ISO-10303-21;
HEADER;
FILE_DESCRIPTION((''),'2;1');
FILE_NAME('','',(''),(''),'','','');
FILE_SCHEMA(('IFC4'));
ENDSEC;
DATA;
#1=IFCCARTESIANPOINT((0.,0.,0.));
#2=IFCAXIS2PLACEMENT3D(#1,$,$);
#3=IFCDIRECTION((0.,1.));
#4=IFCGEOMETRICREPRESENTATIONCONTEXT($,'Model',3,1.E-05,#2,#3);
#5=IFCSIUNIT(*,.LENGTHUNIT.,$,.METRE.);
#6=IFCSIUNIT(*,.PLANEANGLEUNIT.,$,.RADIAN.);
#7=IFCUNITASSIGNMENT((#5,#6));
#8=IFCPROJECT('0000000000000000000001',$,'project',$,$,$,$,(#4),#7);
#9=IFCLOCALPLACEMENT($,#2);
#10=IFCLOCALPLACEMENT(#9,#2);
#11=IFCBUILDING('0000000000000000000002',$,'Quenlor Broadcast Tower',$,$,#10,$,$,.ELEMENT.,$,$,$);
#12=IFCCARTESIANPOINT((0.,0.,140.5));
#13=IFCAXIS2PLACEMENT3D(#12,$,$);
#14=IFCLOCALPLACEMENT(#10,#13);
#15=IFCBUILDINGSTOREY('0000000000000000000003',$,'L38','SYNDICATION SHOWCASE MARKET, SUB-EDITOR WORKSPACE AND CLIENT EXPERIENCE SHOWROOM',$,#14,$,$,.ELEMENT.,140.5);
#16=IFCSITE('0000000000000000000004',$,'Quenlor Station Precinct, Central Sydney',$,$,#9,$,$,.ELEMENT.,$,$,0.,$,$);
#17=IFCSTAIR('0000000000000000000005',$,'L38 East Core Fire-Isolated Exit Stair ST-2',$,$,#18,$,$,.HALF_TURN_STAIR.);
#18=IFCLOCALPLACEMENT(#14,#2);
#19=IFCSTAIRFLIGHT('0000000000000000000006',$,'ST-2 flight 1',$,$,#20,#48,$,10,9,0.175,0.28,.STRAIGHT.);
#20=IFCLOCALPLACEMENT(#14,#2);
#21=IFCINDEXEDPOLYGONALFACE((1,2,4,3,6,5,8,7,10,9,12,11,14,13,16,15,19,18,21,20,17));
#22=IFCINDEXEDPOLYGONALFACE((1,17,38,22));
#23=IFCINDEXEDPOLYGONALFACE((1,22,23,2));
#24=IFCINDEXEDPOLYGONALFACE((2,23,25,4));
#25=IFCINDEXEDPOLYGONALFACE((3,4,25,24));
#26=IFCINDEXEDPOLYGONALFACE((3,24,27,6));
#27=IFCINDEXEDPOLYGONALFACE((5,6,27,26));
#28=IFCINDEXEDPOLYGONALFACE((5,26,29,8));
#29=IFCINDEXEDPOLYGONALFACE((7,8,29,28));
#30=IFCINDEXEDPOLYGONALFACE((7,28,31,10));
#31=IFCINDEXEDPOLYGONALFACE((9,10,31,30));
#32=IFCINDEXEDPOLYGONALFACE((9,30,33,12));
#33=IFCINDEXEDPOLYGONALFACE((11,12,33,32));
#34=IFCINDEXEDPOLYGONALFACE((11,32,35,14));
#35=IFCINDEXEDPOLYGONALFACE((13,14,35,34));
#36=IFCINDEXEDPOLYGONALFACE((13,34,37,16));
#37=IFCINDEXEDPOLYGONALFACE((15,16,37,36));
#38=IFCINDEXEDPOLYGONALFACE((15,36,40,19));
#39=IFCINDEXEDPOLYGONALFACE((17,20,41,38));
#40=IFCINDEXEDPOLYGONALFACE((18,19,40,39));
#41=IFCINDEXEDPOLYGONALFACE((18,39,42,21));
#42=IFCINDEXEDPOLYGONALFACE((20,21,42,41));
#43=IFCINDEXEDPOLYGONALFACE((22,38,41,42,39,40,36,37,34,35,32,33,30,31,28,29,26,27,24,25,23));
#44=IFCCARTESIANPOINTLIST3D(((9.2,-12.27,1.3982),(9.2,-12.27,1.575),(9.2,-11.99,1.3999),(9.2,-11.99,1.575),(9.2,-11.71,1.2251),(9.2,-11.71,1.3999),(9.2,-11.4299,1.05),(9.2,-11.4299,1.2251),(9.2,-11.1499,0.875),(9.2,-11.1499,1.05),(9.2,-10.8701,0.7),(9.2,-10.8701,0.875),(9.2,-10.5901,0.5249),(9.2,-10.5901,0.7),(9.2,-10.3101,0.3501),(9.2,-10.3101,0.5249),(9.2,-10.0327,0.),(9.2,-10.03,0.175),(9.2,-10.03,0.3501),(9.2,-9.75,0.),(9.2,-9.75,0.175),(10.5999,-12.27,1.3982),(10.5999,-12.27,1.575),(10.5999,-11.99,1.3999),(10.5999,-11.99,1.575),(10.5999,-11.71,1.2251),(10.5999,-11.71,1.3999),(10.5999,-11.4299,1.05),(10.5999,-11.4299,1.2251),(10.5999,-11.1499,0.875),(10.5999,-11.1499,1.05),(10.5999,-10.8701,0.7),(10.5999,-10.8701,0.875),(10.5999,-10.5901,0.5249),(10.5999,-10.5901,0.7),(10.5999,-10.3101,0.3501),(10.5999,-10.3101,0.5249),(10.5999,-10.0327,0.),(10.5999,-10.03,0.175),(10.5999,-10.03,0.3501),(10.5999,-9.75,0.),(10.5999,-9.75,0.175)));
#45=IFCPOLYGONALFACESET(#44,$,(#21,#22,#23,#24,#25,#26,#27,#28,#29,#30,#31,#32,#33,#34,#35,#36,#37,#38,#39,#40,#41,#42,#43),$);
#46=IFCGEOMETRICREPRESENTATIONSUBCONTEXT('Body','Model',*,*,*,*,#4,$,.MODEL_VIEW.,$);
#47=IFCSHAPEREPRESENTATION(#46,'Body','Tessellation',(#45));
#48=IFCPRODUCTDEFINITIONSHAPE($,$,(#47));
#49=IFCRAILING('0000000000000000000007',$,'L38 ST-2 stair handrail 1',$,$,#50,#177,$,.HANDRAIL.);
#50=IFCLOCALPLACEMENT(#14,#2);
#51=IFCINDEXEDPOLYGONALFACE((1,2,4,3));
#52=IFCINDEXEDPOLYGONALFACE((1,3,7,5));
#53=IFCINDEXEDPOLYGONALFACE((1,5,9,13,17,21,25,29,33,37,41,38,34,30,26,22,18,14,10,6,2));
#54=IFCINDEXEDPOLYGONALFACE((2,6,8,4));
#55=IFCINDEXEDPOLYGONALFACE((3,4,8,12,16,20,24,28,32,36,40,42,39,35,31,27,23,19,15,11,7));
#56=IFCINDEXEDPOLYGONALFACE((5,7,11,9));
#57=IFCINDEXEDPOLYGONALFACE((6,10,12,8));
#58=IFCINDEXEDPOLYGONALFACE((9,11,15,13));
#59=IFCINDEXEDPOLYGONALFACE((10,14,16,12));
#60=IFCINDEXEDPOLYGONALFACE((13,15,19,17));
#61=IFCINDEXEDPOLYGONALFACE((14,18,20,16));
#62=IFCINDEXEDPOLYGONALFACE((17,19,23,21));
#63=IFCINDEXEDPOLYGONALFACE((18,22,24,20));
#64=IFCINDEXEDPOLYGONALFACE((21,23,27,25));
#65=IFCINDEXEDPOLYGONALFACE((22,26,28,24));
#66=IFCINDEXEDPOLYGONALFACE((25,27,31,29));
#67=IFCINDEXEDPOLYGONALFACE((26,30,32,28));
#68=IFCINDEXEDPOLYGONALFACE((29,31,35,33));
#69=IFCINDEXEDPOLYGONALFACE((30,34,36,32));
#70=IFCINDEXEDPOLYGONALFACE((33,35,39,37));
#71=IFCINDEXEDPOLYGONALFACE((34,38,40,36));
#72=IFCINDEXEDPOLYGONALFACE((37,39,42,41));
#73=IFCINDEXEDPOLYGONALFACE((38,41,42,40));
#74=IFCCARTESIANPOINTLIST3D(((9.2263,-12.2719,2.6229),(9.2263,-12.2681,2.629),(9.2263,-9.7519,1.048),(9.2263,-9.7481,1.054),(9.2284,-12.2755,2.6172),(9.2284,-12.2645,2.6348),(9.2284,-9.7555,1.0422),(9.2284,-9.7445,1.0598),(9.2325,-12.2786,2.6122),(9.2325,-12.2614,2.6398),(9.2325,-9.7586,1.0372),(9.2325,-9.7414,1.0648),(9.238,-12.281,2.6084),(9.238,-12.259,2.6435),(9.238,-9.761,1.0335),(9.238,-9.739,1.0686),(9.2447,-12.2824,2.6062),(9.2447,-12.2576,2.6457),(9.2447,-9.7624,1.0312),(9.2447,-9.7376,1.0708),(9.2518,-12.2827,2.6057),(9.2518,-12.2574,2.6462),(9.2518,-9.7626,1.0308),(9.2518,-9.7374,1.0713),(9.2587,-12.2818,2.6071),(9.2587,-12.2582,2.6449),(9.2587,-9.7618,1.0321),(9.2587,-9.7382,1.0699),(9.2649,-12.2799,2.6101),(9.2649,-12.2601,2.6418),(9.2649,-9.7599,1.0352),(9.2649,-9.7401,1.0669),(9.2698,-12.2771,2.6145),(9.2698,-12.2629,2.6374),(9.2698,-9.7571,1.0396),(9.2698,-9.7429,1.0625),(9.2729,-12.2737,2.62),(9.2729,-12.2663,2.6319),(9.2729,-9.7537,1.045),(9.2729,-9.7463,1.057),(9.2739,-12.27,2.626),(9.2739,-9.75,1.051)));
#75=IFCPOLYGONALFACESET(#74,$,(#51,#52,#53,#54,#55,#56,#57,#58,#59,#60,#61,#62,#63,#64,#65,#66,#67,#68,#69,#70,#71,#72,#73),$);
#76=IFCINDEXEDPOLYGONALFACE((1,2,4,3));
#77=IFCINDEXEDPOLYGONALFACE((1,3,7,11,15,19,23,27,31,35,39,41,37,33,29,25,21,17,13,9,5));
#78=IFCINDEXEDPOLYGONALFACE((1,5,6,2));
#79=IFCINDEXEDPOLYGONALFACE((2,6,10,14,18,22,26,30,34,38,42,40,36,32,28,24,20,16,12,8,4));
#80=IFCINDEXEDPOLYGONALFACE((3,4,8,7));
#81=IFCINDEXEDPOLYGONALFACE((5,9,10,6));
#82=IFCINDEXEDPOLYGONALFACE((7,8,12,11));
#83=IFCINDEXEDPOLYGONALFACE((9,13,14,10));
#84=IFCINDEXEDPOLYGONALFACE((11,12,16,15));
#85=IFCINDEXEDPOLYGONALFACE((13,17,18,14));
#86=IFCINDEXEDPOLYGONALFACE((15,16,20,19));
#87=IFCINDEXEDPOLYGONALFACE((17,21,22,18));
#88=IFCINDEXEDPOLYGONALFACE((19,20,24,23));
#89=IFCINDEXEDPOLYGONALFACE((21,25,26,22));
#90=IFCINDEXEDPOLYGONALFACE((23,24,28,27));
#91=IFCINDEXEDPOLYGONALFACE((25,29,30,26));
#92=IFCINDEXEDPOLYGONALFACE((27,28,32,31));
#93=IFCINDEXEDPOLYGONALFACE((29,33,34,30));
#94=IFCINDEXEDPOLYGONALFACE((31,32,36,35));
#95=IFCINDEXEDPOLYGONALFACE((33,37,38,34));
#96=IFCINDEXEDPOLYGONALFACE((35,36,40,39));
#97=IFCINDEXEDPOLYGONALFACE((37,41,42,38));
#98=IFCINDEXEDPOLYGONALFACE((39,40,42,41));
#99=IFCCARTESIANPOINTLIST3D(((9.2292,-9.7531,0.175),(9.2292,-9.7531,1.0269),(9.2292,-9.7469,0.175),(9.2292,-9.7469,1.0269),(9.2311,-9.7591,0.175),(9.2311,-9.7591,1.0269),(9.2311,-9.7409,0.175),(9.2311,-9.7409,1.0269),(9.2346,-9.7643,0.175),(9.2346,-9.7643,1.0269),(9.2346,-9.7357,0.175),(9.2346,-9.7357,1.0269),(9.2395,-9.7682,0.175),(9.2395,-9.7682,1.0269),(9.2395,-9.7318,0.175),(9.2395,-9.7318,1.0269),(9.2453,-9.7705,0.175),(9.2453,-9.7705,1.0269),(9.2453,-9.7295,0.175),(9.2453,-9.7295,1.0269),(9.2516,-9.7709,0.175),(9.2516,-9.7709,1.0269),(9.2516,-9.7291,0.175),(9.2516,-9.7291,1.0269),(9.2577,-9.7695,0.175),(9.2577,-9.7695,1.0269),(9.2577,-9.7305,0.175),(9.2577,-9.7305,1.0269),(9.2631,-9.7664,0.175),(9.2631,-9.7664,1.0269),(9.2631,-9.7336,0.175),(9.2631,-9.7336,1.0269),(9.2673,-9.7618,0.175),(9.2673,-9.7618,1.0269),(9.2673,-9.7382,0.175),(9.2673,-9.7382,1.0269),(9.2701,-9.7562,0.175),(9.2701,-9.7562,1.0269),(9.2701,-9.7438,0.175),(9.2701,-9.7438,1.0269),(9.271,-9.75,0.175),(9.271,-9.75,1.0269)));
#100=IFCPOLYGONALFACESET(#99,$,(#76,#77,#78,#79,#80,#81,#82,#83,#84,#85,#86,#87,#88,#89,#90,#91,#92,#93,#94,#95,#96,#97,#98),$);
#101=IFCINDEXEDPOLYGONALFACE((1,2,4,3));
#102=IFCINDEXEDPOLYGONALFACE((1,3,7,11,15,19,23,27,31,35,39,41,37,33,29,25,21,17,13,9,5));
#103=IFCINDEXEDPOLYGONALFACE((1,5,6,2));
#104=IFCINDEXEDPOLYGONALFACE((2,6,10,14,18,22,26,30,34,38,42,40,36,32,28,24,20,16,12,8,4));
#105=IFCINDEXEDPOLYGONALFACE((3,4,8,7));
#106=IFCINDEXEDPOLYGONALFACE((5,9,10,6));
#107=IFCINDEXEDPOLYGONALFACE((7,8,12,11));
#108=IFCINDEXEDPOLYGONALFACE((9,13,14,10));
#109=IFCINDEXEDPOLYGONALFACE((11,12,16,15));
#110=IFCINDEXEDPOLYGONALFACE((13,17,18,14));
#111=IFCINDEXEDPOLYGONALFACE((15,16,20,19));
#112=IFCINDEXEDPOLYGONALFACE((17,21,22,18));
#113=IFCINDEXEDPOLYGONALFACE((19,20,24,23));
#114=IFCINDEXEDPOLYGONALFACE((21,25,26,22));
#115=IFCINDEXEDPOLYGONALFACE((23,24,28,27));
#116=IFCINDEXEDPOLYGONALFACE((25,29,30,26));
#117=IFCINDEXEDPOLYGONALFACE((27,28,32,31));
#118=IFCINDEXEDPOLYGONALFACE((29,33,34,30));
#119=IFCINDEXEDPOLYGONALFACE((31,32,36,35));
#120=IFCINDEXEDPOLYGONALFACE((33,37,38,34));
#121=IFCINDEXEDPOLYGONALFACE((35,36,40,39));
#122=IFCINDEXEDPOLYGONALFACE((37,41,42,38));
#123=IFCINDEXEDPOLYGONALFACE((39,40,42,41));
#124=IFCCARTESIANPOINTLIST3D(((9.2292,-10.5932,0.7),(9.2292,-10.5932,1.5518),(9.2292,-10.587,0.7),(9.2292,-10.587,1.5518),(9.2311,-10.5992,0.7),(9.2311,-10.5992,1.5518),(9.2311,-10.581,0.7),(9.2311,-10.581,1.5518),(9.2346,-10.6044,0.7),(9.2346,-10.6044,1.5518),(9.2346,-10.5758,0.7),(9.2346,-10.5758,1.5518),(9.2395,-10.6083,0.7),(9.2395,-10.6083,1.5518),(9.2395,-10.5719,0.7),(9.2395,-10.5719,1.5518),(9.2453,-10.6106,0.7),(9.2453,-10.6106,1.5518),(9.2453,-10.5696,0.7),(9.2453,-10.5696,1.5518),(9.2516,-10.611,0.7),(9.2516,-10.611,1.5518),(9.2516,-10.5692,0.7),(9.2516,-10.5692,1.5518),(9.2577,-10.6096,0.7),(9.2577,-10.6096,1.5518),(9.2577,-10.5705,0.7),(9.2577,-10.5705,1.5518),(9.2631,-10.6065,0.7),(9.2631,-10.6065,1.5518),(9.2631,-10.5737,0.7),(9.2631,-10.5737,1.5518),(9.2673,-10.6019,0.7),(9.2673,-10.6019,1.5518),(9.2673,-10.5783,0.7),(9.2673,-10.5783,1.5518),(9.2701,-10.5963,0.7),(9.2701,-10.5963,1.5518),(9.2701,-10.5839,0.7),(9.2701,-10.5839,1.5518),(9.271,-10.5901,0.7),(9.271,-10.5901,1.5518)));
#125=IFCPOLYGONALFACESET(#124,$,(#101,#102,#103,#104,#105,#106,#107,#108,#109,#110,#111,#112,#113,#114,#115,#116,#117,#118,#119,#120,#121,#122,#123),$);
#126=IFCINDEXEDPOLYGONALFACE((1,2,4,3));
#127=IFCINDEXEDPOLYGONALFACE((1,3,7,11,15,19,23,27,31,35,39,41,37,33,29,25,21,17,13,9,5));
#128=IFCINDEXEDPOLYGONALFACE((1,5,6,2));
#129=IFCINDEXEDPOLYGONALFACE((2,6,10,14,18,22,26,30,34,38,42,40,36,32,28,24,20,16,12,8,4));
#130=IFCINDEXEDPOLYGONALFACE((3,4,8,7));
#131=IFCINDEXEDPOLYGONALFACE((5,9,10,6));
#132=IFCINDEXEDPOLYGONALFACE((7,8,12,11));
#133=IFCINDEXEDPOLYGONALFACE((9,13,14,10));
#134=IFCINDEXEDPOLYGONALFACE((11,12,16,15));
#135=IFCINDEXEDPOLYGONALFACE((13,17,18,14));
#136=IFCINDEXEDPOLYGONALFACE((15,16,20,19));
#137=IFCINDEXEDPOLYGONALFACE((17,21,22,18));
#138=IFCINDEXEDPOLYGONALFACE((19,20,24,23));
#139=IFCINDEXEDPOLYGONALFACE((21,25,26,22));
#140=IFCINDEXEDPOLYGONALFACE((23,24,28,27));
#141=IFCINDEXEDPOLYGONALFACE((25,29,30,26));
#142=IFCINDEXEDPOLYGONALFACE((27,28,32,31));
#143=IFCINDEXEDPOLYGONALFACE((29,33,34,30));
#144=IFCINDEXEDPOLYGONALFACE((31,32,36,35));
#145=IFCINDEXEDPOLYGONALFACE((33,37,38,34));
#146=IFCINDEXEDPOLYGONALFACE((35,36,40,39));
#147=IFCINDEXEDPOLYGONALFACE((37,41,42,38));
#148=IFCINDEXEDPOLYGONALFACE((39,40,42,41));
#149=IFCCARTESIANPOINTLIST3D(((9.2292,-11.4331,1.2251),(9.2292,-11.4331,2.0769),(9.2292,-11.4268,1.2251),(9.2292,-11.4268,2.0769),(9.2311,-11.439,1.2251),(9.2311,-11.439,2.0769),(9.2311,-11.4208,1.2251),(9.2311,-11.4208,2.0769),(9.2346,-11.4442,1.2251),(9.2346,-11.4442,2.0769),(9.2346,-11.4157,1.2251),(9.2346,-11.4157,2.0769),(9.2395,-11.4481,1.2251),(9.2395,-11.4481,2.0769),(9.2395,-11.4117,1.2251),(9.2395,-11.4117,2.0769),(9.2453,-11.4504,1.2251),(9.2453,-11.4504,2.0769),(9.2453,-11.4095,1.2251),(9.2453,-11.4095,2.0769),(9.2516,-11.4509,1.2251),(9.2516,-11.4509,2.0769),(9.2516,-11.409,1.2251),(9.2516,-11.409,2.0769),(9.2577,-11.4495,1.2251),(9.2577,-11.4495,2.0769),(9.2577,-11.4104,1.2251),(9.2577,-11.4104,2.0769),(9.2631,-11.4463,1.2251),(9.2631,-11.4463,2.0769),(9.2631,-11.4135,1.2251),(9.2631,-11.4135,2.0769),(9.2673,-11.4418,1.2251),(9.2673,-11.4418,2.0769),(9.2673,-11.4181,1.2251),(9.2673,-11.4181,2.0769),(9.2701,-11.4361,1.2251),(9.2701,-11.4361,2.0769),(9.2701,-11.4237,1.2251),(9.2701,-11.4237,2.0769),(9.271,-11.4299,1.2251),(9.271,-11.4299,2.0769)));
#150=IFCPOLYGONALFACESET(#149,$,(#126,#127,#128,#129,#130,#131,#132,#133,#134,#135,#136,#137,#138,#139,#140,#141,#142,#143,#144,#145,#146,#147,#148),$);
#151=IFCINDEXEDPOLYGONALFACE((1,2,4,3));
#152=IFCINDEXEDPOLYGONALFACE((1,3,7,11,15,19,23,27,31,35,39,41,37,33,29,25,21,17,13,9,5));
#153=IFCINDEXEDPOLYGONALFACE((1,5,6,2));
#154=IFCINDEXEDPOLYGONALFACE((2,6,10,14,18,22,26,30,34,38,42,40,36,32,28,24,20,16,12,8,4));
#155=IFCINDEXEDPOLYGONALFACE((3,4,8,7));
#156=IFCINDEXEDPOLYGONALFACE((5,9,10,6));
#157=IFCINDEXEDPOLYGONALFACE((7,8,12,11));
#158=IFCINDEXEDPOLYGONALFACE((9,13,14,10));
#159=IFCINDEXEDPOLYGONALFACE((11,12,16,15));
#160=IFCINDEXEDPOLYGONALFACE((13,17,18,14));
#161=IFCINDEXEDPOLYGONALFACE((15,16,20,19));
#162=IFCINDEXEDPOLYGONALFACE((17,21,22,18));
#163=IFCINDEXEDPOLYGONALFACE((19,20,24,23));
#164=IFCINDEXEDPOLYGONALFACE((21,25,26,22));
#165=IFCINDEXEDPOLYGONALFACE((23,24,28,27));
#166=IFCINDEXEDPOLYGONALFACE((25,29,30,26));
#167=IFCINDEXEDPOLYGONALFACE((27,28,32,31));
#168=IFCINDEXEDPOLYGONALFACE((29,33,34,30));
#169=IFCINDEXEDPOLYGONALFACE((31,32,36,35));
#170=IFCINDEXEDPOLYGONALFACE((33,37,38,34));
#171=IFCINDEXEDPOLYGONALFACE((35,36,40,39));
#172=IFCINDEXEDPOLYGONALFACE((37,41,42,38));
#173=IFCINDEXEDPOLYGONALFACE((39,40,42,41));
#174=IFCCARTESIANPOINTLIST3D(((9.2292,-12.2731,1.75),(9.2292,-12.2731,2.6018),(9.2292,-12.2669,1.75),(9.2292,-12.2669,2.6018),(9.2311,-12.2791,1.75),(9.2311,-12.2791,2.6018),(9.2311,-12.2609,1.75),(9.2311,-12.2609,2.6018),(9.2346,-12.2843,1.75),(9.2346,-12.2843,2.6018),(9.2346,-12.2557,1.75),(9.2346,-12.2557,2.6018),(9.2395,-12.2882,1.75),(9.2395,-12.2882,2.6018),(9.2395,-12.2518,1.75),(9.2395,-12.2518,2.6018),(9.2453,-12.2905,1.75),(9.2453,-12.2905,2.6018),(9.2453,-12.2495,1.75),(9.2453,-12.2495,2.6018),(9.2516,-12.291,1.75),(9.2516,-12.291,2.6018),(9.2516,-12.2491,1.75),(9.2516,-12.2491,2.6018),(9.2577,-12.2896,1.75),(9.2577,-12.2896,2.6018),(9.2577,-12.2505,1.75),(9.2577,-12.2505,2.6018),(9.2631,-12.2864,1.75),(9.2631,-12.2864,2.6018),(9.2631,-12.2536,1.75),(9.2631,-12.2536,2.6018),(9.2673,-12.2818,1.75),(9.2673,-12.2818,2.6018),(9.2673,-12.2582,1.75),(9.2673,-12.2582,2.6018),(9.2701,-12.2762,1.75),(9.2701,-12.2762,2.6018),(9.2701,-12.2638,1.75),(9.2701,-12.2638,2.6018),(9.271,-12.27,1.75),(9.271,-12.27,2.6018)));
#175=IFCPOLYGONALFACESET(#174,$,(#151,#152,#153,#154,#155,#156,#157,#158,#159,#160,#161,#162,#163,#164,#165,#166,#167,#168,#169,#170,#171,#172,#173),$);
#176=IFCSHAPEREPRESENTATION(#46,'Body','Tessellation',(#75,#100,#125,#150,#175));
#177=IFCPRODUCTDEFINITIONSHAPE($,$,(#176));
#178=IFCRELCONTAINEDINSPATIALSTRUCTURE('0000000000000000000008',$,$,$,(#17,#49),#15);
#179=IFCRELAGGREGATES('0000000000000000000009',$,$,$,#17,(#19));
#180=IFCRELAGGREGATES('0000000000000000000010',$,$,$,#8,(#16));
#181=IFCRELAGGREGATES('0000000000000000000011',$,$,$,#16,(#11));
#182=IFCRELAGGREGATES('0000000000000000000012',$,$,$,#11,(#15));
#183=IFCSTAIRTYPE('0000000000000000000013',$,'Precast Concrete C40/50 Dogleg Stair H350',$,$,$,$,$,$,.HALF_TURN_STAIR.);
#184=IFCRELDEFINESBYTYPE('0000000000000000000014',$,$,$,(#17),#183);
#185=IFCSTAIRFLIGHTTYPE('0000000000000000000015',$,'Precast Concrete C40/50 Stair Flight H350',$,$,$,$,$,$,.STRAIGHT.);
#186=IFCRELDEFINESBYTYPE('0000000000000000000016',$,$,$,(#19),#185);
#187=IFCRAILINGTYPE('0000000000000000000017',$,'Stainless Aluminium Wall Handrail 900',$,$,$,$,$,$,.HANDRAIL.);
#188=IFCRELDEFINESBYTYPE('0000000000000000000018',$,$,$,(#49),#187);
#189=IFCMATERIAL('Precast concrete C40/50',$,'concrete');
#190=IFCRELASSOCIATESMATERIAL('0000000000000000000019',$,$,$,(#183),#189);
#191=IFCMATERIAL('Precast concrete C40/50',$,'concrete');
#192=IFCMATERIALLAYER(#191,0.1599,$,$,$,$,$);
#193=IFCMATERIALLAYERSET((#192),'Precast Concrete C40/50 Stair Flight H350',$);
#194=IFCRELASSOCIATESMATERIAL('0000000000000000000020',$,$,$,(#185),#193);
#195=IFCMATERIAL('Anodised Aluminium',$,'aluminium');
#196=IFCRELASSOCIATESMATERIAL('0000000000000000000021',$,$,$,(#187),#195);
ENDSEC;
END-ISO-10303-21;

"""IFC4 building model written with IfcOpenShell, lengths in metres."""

from ifc_helpers import new_model, si_unit, direction, frame, origin, origin_2d, place, context, subcontext, project, spatial, polyline, circle, outline, extrude, material, layer, layer_set, type_object, element, aggregate, save


model = new_model("IFC4")

# Units and contexts
model_context = context("Model", 3, precision=1e-05, world=origin(), true_north=direction((0.0, 1.0)))
body_context = subcontext(model_context, "Body", "Model", "MODEL_VIEW")
ifc_project = project(units=[si_unit("LENGTHUNIT", "METRE"), si_unit("PLANEANGLEUNIT", "RADIAN")], contexts=[model_context])

# Site, building, storey
site_placement = place(None, origin())
site = spatial("IfcSite", under=ifc_project, at=site_placement, Name="Quenlor Station Precinct, Central Sydney", CompositionType="ELEMENT", RefElevation=0.0)
building_placement = place(site_placement, origin())
building = spatial("IfcBuilding", under=site, at=building_placement, Name="Quenlor Broadcast Tower", CompositionType="ELEMENT")
storey_placement = place(building_placement, frame((0.0, 0.0, 140.5)))
storey = spatial("IfcBuildingStorey", under=building, at=storey_placement, Name="L38", Description="SYNDICATION SHOWCASE MARKET, SUB-EDITOR WORKSPACE AND CLIENT EXPERIENCE SHOWROOM", CompositionType="ELEMENT", Elevation=140.5)

# Stair, stair flight
ifc_material_1 = material(Name="Precast concrete C40/50", Category="concrete")
stair_type = type_object("IfcStairType", Name="Precast Concrete C40/50 Dogleg Stair H350", PredefinedType="HALF_TURN_STAIR", material=ifc_material_1)
stair_placement = place(storey_placement, origin())
stair = element("IfcStair", 1, at=stair_placement, inside=storey, type_object=stair_type, Name="L38 East Core Fire-Isolated Exit Stair ST-2", PredefinedType="HALF_TURN_STAIR")
ifc_material_2 = material(Name="Precast concrete C40/50", Category="concrete")
ifc_layer_1 = layer(ifc_material_2, 0.1599)
ifc_layer_set_1 = layer_set([ifc_layer_1], Name="Precast Concrete C40/50 Stair Flight H350")
stair_flight_type = type_object("IfcStairFlightType", Name="Precast Concrete C40/50 Stair Flight H350", PredefinedType="STRAIGHT", material=ifc_layer_set_1)
stair_flight_placement = place(storey_placement, frame((9.8999, -9.75, 0.0), z_axis=(0.0, 0.0, 1.0), x_axis=(0.0, -1.0, 0.0)))
stair_flight = element("IfcStairFlight", 2, at=stair_flight_placement, type_object=stair_flight_type, Name="ST-2 flight 1", NumberOfRisers=10, NumberOfTreads=9, PredefinedType="STRAIGHT", RiserHeight=0.175, TreadLength=0.28, context=body_context, shape_type="SweptSolid", body=[
    extrude(outline(polyline([(0.0, 0.0), (0.0, 0.175), (0.28, 0.175), (0.28, 0.3501), (0.5601, 0.3501), (0.5601, 0.5249), (0.8401, 0.5249), (0.8401, 0.7), (1.1201, 0.7), (1.1201, 0.875), (1.3999, 0.875), (1.3999, 1.05), (1.6799, 1.05), (1.6799, 1.2251), (1.96, 1.2251), (1.96, 1.3999), (2.24, 1.3999), (2.24, 1.575), (2.52, 1.575), (2.52, 1.75), (2.52, 1.3982), (0.2827, 0.0), (0.0, 0.0)])), frame((0.0, 0.7, 0.0), z_axis=(0.0, -1.0, 0.0), x_axis=(1.0, 0.0, 0.0)), (0.0, 0.0, 1.0), 1.3999),
])
aggregate(stair, [stair_flight])

# Railing
ifc_material_3 = material(Name="Anodised Aluminium", Category="aluminium")
railing_type_1 = type_object("IfcRailingType", Name="Stainless Aluminium Wall Handrail 900", PredefinedType="HANDRAIL", material=ifc_material_3)
railing_1_placement = place(storey_placement, frame((9.25, -9.75, 0.175)))
element("IfcRailing", 3, at=railing_1_placement, inside=storey, type_object=railing_type_1, Name="L38 ST-2 stair handrail 1", PredefinedType="HANDRAIL", context=body_context, shape_type="SweptSolid", body=[
    extrude(circle(Radius=0.0239, at=origin_2d()), frame((0.0, 0.0, 0.876), z_axis=(0.0, -0.848008, 0.529984), x_axis=(1.0, 0.0, 0.0)), (0.0, 0.0, 1.0), 2.9717),
    extrude(circle(Radius=0.021, at=origin_2d()), origin(), (0.0, 0.0, 1.0), 0.8518),
    extrude(circle(Radius=0.021, at=origin_2d()), frame((0.0, -0.8401, 0.5249)), (0.0, 0.0, 1.0), 0.8518),
    extrude(circle(Radius=0.021, at=origin_2d()), frame((0.0, -1.6799, 1.05)), (0.0, 0.0, 1.0), 0.8518),
    extrude(circle(Radius=0.021, at=origin_2d()), frame((0.0, -2.52, 1.575)), (0.0, 0.0, 1.0), 0.8518),
])

save(model, "model.ifc")
